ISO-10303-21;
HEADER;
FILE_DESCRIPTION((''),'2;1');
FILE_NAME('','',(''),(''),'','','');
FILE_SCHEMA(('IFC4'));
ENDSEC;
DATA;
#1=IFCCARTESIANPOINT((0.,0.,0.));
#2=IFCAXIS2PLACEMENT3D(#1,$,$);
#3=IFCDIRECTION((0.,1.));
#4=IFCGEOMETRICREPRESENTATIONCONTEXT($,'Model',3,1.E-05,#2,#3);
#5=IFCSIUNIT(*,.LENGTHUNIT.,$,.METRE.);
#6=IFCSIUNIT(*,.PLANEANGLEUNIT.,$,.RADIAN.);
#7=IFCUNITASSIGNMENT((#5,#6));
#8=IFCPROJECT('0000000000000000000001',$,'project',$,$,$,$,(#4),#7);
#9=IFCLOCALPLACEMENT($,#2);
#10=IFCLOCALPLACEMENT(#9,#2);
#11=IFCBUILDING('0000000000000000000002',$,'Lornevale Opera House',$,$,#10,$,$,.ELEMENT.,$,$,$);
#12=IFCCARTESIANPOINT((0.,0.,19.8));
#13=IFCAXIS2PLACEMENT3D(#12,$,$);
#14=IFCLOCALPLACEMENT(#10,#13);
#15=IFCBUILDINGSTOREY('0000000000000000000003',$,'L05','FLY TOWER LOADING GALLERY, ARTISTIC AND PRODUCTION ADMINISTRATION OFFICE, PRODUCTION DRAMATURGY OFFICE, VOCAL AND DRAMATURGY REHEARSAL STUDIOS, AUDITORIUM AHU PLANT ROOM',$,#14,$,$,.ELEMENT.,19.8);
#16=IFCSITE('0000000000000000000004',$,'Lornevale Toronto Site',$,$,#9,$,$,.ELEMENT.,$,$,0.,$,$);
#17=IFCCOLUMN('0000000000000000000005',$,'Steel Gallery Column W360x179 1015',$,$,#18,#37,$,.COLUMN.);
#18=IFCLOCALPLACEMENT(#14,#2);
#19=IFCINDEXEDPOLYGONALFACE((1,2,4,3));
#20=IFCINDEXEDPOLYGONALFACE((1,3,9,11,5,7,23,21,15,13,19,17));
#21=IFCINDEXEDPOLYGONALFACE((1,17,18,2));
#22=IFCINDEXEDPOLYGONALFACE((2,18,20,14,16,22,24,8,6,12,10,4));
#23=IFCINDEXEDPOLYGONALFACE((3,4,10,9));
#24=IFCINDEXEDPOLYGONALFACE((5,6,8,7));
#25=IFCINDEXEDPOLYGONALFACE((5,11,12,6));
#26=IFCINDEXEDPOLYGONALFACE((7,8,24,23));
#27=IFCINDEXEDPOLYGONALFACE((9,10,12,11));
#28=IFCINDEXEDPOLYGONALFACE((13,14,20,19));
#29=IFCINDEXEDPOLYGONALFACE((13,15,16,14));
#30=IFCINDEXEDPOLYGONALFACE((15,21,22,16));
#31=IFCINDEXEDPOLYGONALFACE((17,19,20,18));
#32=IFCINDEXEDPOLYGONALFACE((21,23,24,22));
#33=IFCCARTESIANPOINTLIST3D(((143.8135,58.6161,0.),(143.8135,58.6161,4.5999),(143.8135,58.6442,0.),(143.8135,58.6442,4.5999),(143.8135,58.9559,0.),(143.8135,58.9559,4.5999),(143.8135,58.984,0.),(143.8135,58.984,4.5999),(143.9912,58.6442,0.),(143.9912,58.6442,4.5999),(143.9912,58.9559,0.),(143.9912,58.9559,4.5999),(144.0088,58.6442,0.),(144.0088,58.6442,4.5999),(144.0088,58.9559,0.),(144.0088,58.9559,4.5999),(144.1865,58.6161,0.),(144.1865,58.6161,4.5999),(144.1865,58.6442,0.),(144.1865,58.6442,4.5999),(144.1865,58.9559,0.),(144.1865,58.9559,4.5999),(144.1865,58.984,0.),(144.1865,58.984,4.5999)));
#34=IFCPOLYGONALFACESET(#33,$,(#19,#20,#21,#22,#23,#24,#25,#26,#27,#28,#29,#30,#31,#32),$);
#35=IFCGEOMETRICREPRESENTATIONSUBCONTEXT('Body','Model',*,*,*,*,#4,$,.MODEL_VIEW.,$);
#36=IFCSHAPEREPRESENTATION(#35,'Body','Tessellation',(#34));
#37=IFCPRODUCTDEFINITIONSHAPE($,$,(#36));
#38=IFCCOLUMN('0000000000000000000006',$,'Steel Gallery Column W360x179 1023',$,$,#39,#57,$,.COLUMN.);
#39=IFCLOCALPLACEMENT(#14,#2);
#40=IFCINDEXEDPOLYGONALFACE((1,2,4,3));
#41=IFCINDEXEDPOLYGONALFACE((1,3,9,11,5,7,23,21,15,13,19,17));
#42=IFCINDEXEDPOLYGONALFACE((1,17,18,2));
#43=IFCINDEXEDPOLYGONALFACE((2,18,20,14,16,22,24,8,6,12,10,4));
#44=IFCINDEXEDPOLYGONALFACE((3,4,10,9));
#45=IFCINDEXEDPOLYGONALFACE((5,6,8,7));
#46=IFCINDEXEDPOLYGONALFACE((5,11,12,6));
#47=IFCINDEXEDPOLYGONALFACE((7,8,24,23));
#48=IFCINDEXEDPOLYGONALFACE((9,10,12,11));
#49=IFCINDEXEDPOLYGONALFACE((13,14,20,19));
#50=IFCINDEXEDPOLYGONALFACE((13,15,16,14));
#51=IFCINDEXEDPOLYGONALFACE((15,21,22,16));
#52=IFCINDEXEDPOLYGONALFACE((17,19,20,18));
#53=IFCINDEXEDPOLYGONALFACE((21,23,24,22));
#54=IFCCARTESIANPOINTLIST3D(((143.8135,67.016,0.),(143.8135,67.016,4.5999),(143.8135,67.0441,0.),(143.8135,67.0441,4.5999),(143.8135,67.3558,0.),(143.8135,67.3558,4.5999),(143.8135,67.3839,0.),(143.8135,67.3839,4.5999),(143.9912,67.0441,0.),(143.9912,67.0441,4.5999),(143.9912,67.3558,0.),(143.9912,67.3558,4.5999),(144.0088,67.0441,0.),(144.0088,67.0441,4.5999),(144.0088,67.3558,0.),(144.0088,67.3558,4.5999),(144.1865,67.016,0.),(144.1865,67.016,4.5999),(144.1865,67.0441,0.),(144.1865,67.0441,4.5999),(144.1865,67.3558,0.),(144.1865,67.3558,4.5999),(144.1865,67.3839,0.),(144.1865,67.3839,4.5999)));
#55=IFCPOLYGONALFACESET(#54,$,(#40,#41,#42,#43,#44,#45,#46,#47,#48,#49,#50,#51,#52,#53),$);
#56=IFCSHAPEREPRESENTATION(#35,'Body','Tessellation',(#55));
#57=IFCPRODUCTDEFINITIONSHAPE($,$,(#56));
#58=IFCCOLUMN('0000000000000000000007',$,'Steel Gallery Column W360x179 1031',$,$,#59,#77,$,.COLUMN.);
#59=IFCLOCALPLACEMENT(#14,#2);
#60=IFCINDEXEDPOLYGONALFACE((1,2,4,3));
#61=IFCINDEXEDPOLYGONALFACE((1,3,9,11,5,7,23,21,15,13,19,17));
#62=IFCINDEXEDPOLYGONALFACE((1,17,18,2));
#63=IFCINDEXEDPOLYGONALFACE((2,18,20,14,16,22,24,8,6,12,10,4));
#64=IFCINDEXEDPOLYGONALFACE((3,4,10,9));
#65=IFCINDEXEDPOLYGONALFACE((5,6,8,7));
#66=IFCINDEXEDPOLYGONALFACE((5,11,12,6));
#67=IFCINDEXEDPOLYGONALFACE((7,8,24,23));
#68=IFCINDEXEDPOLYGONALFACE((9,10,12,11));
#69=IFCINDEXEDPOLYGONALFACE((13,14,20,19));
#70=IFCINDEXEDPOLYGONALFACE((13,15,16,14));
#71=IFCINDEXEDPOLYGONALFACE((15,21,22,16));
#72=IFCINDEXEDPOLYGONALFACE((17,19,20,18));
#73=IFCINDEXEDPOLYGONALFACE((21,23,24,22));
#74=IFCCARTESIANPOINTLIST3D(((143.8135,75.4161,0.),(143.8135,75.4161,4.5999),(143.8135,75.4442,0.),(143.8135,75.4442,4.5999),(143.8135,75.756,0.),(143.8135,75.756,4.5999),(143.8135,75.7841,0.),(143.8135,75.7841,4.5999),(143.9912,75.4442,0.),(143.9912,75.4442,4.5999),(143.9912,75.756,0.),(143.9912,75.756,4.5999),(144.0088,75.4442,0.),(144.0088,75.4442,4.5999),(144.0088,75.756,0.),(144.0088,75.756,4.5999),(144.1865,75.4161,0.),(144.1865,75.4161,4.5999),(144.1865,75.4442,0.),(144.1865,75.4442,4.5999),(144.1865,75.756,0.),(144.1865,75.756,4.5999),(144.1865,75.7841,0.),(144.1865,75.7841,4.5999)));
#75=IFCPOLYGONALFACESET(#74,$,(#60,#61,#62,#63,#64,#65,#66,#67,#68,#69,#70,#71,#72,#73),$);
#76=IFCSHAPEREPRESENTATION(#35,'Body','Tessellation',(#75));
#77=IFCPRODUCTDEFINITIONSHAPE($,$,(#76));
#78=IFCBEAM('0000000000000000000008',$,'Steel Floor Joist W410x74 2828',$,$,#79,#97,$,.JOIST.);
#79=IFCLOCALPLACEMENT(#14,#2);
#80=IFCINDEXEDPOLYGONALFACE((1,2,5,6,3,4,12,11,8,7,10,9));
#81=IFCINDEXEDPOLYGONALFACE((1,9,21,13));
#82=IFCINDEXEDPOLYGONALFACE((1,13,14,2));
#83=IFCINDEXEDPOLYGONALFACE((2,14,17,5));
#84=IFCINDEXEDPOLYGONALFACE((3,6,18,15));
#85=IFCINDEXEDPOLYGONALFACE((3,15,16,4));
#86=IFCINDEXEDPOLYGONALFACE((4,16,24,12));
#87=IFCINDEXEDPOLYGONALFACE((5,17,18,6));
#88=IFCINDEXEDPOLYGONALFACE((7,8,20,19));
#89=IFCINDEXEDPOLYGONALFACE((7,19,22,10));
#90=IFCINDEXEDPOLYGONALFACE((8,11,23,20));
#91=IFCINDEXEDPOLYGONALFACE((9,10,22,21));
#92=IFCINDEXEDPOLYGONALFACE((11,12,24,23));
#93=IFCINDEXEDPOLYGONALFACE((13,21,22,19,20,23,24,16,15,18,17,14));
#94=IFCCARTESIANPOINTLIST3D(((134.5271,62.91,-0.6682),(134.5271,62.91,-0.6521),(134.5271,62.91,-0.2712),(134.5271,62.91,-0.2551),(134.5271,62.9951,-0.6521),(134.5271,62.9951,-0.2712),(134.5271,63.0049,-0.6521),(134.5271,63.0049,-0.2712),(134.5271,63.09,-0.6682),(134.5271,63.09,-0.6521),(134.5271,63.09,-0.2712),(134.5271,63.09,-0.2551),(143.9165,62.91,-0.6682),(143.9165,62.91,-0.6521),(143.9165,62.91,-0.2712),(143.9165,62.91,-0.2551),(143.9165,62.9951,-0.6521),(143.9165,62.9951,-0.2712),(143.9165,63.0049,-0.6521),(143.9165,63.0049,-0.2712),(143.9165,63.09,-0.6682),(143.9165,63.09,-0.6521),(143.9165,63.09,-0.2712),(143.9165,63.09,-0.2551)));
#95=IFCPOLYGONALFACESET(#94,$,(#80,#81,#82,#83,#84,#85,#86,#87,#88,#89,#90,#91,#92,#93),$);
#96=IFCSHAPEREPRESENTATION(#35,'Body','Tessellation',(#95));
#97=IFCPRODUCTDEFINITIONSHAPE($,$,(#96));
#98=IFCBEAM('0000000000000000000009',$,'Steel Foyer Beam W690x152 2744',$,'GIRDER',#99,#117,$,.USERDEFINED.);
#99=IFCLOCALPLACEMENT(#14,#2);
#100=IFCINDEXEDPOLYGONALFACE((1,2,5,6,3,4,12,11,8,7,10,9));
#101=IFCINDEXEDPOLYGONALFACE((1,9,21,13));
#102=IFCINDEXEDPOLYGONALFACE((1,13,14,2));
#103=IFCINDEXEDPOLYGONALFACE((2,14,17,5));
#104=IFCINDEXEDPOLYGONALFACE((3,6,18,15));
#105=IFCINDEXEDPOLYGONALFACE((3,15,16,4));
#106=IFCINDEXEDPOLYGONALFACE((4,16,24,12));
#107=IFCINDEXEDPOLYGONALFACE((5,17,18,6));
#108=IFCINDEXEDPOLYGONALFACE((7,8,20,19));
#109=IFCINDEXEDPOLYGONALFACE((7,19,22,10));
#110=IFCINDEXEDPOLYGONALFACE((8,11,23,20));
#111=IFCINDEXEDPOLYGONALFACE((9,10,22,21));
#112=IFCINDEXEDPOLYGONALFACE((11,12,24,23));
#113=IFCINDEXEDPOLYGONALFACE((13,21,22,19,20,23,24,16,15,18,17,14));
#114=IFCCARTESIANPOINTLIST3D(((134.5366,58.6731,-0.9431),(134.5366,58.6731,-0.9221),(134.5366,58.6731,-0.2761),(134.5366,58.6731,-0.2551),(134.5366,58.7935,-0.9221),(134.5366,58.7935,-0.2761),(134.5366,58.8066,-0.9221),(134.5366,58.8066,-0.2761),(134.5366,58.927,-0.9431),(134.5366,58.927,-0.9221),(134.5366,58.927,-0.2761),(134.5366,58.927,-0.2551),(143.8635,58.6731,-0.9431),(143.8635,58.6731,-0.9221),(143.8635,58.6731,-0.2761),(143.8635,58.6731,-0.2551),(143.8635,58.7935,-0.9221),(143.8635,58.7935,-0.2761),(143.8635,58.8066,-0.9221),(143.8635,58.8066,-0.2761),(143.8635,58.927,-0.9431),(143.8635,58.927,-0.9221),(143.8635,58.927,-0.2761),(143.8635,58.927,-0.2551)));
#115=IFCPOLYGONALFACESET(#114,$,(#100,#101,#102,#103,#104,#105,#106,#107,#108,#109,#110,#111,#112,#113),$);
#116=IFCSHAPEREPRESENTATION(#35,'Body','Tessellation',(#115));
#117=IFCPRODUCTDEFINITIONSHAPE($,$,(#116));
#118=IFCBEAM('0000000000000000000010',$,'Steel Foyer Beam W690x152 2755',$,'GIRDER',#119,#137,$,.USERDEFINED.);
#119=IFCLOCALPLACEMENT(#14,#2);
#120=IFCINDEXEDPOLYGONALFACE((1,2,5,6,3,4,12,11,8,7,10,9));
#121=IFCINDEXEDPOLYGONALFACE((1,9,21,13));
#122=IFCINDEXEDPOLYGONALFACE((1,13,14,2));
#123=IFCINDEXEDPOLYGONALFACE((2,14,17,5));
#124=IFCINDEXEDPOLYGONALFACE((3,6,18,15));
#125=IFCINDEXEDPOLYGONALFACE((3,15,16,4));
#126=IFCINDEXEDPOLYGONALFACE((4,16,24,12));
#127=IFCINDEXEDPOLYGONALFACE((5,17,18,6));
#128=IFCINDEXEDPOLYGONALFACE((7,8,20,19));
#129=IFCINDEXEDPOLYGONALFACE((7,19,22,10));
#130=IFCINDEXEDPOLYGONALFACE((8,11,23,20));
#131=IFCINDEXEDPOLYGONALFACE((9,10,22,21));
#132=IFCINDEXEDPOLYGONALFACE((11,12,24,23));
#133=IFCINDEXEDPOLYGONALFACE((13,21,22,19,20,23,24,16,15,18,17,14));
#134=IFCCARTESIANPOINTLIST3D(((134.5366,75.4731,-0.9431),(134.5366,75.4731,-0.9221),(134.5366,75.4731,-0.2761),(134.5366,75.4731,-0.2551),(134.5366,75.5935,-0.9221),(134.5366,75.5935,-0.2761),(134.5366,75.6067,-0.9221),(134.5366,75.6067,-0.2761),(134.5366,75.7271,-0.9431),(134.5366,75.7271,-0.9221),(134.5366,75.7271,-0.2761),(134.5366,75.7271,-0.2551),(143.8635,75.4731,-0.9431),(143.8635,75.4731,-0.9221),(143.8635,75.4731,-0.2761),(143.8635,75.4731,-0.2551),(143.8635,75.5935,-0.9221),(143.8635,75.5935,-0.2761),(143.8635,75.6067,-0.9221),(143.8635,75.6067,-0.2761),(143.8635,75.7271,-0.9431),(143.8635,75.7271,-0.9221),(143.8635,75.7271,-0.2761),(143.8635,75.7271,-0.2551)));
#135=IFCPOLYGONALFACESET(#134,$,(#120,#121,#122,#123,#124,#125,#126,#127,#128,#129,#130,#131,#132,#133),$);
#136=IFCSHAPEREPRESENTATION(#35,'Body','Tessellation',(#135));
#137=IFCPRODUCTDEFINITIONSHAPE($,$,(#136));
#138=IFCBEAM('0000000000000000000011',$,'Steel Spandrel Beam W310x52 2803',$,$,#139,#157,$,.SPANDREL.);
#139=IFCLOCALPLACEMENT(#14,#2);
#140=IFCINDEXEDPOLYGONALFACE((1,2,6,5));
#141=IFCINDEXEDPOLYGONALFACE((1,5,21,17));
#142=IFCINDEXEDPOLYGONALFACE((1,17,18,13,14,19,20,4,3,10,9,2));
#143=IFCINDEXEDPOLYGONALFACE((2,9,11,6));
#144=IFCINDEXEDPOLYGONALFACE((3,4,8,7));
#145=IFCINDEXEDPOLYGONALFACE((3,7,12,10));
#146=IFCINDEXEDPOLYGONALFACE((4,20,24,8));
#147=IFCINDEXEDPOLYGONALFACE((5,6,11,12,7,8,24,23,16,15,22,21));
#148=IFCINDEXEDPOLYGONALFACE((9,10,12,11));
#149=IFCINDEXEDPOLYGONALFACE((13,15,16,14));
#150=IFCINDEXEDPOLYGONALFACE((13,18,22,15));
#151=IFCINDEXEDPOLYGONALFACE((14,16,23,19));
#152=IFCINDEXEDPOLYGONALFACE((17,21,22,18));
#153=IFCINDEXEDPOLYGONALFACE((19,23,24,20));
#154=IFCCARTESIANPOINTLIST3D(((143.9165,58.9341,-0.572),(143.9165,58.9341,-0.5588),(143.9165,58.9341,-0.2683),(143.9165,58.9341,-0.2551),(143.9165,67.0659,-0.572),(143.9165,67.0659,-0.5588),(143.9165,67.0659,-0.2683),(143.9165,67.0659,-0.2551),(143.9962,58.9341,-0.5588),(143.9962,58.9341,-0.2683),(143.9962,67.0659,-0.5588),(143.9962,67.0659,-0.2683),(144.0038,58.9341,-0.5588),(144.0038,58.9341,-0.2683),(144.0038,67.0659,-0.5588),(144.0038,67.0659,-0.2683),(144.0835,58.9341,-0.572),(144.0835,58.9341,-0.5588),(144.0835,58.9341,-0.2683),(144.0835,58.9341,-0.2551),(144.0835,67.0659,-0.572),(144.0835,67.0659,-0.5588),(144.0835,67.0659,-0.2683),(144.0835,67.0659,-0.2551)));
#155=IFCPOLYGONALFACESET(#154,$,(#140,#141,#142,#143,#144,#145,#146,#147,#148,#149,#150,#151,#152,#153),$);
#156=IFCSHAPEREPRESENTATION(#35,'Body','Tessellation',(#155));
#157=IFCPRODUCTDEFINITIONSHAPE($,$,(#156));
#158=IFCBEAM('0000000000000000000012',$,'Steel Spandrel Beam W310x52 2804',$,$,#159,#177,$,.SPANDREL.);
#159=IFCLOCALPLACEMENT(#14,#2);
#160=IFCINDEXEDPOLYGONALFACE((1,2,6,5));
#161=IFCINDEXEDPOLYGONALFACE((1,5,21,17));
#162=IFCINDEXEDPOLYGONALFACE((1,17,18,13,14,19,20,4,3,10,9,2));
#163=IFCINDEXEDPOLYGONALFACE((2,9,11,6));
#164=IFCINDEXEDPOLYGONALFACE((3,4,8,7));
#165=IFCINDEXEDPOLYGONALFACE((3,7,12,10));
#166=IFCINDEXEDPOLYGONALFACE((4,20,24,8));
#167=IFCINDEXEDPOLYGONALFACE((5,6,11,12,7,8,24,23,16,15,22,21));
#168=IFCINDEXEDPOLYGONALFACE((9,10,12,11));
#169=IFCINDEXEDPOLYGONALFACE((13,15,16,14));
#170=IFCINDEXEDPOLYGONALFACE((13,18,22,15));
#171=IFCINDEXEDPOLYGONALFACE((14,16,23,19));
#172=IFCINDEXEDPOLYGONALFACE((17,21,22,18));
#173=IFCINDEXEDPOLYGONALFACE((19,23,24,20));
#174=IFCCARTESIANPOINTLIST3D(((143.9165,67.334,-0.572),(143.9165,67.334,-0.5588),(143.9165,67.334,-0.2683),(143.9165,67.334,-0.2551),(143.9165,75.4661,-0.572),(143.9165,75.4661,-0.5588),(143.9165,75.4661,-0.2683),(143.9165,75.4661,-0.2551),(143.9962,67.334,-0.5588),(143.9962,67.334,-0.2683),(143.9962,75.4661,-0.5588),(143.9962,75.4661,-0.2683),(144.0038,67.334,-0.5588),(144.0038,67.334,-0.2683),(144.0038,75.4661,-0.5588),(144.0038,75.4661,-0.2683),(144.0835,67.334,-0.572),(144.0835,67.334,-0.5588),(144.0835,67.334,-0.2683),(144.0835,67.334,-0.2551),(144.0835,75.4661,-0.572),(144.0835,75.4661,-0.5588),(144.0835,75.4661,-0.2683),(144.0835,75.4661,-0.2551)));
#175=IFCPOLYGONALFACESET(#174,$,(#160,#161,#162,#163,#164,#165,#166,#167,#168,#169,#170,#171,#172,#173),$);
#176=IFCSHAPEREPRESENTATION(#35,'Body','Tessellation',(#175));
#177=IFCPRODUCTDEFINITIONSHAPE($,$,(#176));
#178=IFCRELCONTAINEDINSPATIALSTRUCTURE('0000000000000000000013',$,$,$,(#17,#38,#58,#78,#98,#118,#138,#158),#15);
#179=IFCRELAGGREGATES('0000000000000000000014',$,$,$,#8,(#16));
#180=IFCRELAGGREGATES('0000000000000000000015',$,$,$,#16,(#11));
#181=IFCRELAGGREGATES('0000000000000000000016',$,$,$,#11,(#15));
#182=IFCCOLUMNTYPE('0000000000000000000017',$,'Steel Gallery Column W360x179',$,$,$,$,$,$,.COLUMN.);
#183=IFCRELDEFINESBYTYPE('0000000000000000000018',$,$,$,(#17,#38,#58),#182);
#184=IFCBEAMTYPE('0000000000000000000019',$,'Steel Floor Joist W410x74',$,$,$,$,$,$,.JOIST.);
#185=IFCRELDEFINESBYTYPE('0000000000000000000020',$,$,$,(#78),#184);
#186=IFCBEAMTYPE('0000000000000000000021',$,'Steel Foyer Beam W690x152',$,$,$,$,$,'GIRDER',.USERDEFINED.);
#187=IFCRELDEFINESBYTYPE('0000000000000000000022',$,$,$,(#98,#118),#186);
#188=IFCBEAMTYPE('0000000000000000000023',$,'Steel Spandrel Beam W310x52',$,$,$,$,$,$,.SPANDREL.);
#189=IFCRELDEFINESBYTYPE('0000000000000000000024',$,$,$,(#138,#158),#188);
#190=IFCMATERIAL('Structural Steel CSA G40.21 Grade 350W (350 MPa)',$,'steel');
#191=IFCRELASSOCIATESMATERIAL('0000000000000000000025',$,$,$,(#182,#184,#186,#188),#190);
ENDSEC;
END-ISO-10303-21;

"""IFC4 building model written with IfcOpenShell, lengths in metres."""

from ifc_helpers import new_model, si_unit, direction, frame, origin, origin_2d, place, context, subcontext, project, spatial, i_section, extrude, material, material_profile, profile_set, type_object, element, save


model = new_model("IFC4")

# Units and contexts
model_context = context("Model", 3, precision=1e-05, world=origin(), true_north=direction((0.0, 1.0)))
body_context = subcontext(model_context, "Body", "Model", "MODEL_VIEW")
ifc_project = project(units=[si_unit("LENGTHUNIT", "METRE"), si_unit("PLANEANGLEUNIT", "RADIAN")], contexts=[model_context])

# Site, building, storey
site_placement = place(None, origin())
site = spatial("IfcSite", under=ifc_project, at=site_placement, Name="Lornevale Toronto Site", CompositionType="ELEMENT", RefElevation=0.0)
building_placement = place(site_placement, origin())
building = spatial("IfcBuilding", under=site, at=building_placement, Name="Lornevale Opera House", CompositionType="ELEMENT")
storey_placement = place(building_placement, frame((0.0, 0.0, 19.8)))
storey = spatial("IfcBuildingStorey", under=building, at=storey_placement, Name="L05", Description="FLY TOWER LOADING GALLERY, ARTISTIC AND PRODUCTION ADMINISTRATION OFFICE, PRODUCTION DRAMATURGY OFFICE, VOCAL AND DRAMATURGY REHEARSAL STUDIOS, AUDITORIUM AHU PLANT ROOM", CompositionType="ELEMENT", Elevation=19.8)

# Columns
ifc_material_1 = material(Name="Structural Steel CSA G40.21 Grade 350W (350 MPa)", Category="steel")
ifc_material_profile_1 = material_profile(ifc_material_1, i_section(OverallWidth=0.373, OverallDepth=0.3679, WebThickness=0.0176, FlangeThickness=0.0281, at=origin_2d()), Name="W360x179")
ifc_profile_set_1 = profile_set([ifc_material_profile_1], Name="Structural Steel CSA G40.21 Grade 350W (350 MPa)")
column_type = type_object("IfcColumnType", Name="Steel Gallery Column W360x179", PredefinedType="COLUMN", material=ifc_profile_set_1)
for number, where, z_axis, x_axis, name in (
    (1, (144.0, 58.8, 0.0), (0.0, 0.0, 1.0), (1.0, 0.0, 0.0), "Steel Gallery Column W360x179 1015"),
    (2, (144.0, 67.2, 0.0), (0.0, 0.0, 1.0), (1.0, 0.0, 0.0), "Steel Gallery Column W360x179 1023"),
    (3, (144.0, 75.6001, 0.0), (0.0, 0.0, 1.0), (1.0, 0.0, 0.0), "Steel Gallery Column W360x179 1031"),
):
    element("IfcColumn", number, at=place(storey_placement, frame(where, z_axis=z_axis, x_axis=x_axis)), inside=storey, type_object=column_type, Name=name, PredefinedType="COLUMN", context=body_context, shape_type="SweptSolid", body=[
        extrude(i_section(OverallWidth=0.373, OverallDepth=0.3679, WebThickness=0.0176, FlangeThickness=0.0281, at=origin_2d()), origin(), (0.0, 0.0, 1.0), 4.5999),
    ])

# Beams
ifc_material_profile_2 = material_profile(ifc_material_1, i_section(OverallWidth=0.1799, OverallDepth=0.4131, WebThickness=0.0098, FlangeThickness=0.0161, at=origin_2d()), Name="W410x74")
ifc_profile_set_2 = profile_set([ifc_material_profile_2], Name="Structural Steel CSA G40.21 Grade 350W (350 MPa)")
beam_type_1 = type_object("IfcBeamType", Name="Steel Floor Joist W410x74", PredefinedType="JOIST", material=ifc_profile_set_2)
beam_1_placement = place(storey_placement, frame((134.5271, 63.0, -0.4617), z_axis=(1.0, 0.0, 0.0), x_axis=(0.0, 1.0, 0.0)))
element("IfcBeam", 4, at=beam_1_placement, inside=storey, type_object=beam_type_1, Name="Steel Floor Joist W410x74 2828", PredefinedType="JOIST", context=body_context, shape_type="SweptSolid", body=[
    extrude(i_section(OverallWidth=0.1799, OverallDepth=0.4131, WebThickness=0.0098, FlangeThickness=0.0161, at=origin_2d()), origin(), (0.0, 0.0, 1.0), 9.3894),
])
ifc_material_profile_3 = material_profile(ifc_material_1, i_section(OverallWidth=0.2539, OverallDepth=0.688, WebThickness=0.0132, FlangeThickness=0.021, at=origin_2d()), Name="W690x152")
ifc_profile_set_3 = profile_set([ifc_material_profile_3], Name="Structural Steel CSA G40.21 Grade 350W (350 MPa)")
beam_type_2 = type_object("IfcBeamType", Name="Steel Foyer Beam W690x152", ElementType="GIRDER", PredefinedType="USERDEFINED", material=ifc_profile_set_3)
for number, where, z_axis, x_axis, name in (
    (5, (134.5366, 58.8, -0.5991), (1.0, 0.0, 0.0), (0.0, 1.0, 0.0), "Steel Foyer Beam W690x152 2744"),
    (6, (134.5366, 75.6001, -0.5991), (1.0, 0.0, 0.0), (0.0, 1.0, 0.0), "Steel Foyer Beam W690x152 2755"),
):
    element("IfcBeam", number, at=place(storey_placement, frame(where, z_axis=z_axis, x_axis=x_axis)), inside=storey, type_object=beam_type_2, Name=name, ObjectType="GIRDER", PredefinedType="USERDEFINED", context=body_context, shape_type="SweptSolid", body=[
        extrude(i_section(OverallWidth=0.2539, OverallDepth=0.688, WebThickness=0.0132, FlangeThickness=0.021, at=origin_2d()), origin(), (0.0, 0.0, 1.0), 9.3269),
    ])
ifc_material_profile_4 = material_profile(ifc_material_1, i_section(OverallWidth=0.167, OverallDepth=0.3169, WebThickness=0.0076, FlangeThickness=0.0132, at=origin_2d()), Name="W310x52")
ifc_profile_set_4 = profile_set([ifc_material_profile_4], Name="Structural Steel CSA G40.21 Grade 350W (350 MPa)")
beam_type_3 = type_object("IfcBeamType", Name="Steel Spandrel Beam W310x52", PredefinedType="SPANDREL", material=ifc_profile_set_4)
beam_2_placement = place(storey_placement, frame((144.0, 58.9341, -0.4136), z_axis=(0.0, 1.0, 0.0), x_axis=(-1.0, 0.0, 0.0)))
element("IfcBeam", 7, at=beam_2_placement, inside=storey, type_object=beam_type_3, Name="Steel Spandrel Beam W310x52 2803", PredefinedType="SPANDREL", context=body_context, shape_type="SweptSolid", body=[
    extrude(i_section(OverallWidth=0.167, OverallDepth=0.3169, WebThickness=0.0076, FlangeThickness=0.0132, at=origin_2d()), origin(), (0.0, 0.0, 1.0), 8.1318),
])
beam_3_placement = place(storey_placement, frame((144.0, 67.334, -0.4136), z_axis=(0.0, 1.0, 0.0), x_axis=(-1.0, 0.0, 0.0)))
element("IfcBeam", 8, at=beam_3_placement, inside=storey, type_object=beam_type_3, Name="Steel Spandrel Beam W310x52 2804", PredefinedType="SPANDREL", context=body_context, shape_type="SweptSolid", body=[
    extrude(i_section(OverallWidth=0.167, OverallDepth=0.3169, WebThickness=0.0076, FlangeThickness=0.0132, at=origin_2d()), origin(), (0.0, 0.0, 1.0), 8.1321),
])

save(model, "model.ifc")
